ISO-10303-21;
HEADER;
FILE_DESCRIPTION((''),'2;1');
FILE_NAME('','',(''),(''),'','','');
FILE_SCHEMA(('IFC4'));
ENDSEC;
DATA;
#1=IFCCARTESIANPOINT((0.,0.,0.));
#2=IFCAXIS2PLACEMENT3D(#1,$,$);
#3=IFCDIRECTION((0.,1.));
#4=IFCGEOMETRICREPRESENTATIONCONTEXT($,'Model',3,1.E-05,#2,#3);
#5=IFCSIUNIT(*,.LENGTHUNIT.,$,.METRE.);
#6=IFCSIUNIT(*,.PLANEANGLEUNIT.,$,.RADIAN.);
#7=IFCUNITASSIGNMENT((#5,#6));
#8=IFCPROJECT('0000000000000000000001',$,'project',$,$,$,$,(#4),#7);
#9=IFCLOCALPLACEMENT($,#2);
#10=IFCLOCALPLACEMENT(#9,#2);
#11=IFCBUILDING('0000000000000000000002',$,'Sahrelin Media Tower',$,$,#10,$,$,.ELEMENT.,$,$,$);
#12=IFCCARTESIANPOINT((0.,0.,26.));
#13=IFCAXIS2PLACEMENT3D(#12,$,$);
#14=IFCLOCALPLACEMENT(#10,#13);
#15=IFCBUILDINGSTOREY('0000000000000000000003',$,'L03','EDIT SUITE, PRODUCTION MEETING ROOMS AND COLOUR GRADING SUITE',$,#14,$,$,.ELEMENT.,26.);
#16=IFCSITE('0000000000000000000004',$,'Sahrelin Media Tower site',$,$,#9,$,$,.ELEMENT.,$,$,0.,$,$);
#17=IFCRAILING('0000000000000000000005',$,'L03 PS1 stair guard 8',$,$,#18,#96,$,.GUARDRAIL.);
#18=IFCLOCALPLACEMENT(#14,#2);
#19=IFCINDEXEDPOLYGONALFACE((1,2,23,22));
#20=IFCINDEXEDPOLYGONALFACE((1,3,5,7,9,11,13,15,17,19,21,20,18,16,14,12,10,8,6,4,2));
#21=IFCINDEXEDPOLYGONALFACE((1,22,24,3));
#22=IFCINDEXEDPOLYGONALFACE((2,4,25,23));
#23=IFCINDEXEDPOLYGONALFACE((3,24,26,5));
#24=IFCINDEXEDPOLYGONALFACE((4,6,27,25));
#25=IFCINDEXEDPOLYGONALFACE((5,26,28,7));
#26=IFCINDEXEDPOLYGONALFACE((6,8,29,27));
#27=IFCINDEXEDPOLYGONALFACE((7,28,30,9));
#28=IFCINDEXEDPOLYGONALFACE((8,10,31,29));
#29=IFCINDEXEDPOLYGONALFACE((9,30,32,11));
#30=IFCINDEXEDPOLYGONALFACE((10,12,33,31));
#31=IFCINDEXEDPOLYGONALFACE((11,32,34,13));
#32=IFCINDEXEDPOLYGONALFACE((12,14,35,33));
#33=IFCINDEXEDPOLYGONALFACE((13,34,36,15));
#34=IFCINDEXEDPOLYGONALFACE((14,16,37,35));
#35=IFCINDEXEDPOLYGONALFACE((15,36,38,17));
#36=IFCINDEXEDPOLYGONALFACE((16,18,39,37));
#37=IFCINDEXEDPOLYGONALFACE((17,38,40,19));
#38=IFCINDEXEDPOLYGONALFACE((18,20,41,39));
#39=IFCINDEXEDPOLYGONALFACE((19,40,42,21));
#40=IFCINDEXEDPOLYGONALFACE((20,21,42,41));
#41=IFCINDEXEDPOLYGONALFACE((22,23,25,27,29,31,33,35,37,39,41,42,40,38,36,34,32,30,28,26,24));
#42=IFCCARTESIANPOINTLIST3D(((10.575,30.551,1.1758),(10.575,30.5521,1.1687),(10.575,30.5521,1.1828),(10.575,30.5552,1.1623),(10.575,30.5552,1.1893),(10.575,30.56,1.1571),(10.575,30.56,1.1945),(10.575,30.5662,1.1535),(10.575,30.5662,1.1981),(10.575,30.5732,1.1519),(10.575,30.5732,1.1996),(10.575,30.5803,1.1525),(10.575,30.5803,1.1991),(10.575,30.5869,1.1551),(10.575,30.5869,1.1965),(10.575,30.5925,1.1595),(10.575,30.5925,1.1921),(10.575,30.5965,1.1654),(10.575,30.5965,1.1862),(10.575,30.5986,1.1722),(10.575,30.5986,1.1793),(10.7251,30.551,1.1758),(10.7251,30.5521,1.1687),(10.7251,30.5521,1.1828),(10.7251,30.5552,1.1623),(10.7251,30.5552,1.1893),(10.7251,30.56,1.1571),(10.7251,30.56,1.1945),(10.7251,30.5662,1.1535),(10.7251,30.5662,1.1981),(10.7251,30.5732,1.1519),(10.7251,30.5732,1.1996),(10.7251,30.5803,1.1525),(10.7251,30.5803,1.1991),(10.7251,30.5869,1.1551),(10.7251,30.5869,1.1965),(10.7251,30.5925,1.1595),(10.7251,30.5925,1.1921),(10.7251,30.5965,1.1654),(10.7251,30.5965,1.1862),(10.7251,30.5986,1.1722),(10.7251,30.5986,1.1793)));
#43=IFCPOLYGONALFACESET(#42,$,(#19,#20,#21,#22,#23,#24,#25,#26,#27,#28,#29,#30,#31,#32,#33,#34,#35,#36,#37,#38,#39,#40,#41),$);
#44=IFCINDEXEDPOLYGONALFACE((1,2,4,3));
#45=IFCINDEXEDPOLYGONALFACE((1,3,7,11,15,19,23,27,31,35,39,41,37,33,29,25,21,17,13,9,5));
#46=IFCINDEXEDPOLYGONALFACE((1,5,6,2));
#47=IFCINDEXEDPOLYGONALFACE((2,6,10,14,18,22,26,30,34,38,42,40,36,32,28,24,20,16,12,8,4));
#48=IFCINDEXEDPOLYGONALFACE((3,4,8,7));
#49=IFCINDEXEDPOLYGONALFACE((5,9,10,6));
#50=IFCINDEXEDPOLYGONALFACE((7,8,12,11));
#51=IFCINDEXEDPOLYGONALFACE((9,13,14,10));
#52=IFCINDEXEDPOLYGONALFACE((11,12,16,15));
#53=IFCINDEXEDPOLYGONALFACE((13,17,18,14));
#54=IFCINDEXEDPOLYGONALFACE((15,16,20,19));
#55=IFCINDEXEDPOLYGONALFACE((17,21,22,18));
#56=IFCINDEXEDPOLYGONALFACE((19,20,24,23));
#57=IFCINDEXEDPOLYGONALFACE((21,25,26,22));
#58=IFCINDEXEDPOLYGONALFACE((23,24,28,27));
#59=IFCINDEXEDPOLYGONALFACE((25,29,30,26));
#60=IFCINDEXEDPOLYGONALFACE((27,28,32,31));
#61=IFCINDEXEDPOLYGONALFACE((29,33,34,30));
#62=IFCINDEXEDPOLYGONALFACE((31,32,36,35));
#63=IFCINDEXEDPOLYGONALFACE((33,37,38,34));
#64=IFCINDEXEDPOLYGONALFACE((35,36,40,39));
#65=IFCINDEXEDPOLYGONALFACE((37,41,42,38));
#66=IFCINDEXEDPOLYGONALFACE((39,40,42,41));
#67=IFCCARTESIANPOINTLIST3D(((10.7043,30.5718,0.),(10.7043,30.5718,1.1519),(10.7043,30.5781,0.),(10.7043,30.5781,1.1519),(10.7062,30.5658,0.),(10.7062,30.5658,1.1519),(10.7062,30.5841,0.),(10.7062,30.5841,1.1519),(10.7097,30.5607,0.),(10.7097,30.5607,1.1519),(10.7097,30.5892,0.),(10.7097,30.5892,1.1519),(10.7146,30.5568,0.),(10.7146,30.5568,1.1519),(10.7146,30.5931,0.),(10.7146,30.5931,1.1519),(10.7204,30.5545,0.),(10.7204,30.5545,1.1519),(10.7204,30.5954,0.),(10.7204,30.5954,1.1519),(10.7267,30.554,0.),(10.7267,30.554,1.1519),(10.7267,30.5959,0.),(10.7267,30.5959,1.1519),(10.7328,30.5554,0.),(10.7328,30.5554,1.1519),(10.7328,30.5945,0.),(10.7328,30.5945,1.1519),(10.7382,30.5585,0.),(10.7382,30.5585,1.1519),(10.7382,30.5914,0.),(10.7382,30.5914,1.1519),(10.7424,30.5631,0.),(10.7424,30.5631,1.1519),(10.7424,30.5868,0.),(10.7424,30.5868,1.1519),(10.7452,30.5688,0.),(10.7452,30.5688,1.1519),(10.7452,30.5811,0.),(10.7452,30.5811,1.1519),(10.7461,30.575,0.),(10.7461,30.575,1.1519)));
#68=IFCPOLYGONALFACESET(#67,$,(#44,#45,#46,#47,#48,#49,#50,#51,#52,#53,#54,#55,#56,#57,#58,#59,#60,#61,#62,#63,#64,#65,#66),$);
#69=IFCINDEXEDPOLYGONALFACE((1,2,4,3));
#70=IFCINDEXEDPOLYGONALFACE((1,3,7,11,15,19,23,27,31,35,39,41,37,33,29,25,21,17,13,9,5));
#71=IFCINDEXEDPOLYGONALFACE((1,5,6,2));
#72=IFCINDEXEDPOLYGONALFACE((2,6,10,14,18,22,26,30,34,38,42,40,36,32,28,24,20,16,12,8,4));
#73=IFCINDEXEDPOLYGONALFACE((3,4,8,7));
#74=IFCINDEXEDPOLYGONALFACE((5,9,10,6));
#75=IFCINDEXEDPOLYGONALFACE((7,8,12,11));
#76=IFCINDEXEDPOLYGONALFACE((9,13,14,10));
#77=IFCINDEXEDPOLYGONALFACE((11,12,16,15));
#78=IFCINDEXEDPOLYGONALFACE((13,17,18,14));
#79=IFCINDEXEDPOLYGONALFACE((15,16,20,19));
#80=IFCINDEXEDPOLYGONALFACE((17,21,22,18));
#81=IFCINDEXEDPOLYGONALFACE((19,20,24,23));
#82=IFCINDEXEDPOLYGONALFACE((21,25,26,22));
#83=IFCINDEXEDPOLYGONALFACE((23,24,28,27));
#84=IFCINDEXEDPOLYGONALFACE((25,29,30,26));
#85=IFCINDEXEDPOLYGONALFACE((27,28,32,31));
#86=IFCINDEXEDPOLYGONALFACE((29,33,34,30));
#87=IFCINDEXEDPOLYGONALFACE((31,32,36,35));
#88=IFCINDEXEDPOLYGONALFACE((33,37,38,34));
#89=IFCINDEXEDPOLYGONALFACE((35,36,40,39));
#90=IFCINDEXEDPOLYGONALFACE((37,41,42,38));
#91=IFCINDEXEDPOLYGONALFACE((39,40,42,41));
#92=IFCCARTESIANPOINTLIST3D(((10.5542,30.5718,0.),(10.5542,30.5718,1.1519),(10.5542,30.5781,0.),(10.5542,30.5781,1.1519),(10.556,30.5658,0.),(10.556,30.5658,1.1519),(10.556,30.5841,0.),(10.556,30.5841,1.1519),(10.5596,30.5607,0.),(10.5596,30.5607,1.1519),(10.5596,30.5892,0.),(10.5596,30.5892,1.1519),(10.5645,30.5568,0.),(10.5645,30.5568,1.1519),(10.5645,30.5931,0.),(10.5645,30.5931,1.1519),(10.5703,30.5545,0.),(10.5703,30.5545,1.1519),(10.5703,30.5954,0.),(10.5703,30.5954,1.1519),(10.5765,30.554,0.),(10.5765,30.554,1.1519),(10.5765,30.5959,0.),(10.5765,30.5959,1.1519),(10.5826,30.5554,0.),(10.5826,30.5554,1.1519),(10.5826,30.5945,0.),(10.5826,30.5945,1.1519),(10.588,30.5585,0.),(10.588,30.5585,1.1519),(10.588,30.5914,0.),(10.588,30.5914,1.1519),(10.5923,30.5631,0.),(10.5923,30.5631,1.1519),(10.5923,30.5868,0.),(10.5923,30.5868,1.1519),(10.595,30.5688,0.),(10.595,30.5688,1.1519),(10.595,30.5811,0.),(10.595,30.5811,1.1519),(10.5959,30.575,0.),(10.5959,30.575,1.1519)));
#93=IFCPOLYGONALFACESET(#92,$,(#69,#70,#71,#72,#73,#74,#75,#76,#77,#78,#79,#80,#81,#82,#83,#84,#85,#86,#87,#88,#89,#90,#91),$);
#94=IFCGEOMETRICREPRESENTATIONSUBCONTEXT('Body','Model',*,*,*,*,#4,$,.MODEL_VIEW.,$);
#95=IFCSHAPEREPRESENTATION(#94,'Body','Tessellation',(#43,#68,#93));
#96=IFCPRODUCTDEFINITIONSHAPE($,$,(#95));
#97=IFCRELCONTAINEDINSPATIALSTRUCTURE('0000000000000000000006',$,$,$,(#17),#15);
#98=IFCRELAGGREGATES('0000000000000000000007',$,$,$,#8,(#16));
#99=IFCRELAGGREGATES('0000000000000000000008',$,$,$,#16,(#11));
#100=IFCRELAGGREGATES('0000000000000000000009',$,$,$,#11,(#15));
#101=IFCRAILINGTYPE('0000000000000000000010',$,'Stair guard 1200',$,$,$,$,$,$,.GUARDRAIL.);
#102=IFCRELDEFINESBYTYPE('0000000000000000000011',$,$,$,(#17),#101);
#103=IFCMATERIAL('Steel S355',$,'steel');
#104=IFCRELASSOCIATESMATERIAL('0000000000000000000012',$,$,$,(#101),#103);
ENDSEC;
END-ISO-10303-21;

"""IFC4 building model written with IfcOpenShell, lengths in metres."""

from ifc_helpers import new_model, si_unit, direction, frame, origin, origin_2d, place, context, subcontext, project, spatial, circle, extrude, material, type_object, element, save


model = new_model("IFC4")

# Units and contexts
model_context = context("Model", 3, precision=1e-05, world=origin(), true_north=direction((0.0, 1.0)))
body_context = subcontext(model_context, "Body", "Model", "MODEL_VIEW")
ifc_project = project(units=[si_unit("LENGTHUNIT", "METRE"), si_unit("PLANEANGLEUNIT", "RADIAN")], contexts=[model_context])

# Site, building, storey
site_placement = place(None, origin())
site = spatial("IfcSite", under=ifc_project, at=site_placement, Name="Sahrelin Media Tower site", CompositionType="ELEMENT", RefElevation=0.0)
building_placement = place(site_placement, origin())
building = spatial("IfcBuilding", under=site, at=building_placement, Name="Sahrelin Media Tower", CompositionType="ELEMENT")
storey_placement = place(building_placement, frame((0.0, 0.0, 26.0)))
storey = spatial("IfcBuildingStorey", under=building, at=storey_placement, Name="L03", Description="EDIT SUITE, PRODUCTION MEETING ROOMS AND COLOUR GRADING SUITE", CompositionType="ELEMENT", Elevation=26.0)

# Shared definitions
ifc_material_1 = material(Name="Steel S355", Category="steel")

# Railing
railing_type_1 = type_object("IfcRailingType", Name="Stair guard 1200", PredefinedType="GUARDRAIL", material=ifc_material_1)
railing_1_placement = place(storey_placement, frame((10.7251, 30.575, 0.0)))
element("IfcRailing", 1, at=railing_1_placement, inside=storey, type_object=railing_type_1, Name="L03 PS1 stair guard 8", PredefinedType="GUARDRAIL", context=body_context, shape_type="SweptSolid", body=[
    extrude(circle(Radius=0.0239, at=origin_2d()), frame((0.0, 0.0, 1.1758), z_axis=(-1.0, 0.0, 0.0), x_axis=(0.0, -1.0, 0.0)), (0.0, 0.0, 1.0), 0.1501),
    extrude(circle(Radius=0.021, at=origin_2d()), origin(), (0.0, 0.0, 1.0), 1.1519),
    extrude(circle(Radius=0.021, at=origin_2d()), frame((-0.1501, 0.0, 0.0)), (0.0, 0.0, 1.0), 1.1519),
])

save(model, "model.ifc")
